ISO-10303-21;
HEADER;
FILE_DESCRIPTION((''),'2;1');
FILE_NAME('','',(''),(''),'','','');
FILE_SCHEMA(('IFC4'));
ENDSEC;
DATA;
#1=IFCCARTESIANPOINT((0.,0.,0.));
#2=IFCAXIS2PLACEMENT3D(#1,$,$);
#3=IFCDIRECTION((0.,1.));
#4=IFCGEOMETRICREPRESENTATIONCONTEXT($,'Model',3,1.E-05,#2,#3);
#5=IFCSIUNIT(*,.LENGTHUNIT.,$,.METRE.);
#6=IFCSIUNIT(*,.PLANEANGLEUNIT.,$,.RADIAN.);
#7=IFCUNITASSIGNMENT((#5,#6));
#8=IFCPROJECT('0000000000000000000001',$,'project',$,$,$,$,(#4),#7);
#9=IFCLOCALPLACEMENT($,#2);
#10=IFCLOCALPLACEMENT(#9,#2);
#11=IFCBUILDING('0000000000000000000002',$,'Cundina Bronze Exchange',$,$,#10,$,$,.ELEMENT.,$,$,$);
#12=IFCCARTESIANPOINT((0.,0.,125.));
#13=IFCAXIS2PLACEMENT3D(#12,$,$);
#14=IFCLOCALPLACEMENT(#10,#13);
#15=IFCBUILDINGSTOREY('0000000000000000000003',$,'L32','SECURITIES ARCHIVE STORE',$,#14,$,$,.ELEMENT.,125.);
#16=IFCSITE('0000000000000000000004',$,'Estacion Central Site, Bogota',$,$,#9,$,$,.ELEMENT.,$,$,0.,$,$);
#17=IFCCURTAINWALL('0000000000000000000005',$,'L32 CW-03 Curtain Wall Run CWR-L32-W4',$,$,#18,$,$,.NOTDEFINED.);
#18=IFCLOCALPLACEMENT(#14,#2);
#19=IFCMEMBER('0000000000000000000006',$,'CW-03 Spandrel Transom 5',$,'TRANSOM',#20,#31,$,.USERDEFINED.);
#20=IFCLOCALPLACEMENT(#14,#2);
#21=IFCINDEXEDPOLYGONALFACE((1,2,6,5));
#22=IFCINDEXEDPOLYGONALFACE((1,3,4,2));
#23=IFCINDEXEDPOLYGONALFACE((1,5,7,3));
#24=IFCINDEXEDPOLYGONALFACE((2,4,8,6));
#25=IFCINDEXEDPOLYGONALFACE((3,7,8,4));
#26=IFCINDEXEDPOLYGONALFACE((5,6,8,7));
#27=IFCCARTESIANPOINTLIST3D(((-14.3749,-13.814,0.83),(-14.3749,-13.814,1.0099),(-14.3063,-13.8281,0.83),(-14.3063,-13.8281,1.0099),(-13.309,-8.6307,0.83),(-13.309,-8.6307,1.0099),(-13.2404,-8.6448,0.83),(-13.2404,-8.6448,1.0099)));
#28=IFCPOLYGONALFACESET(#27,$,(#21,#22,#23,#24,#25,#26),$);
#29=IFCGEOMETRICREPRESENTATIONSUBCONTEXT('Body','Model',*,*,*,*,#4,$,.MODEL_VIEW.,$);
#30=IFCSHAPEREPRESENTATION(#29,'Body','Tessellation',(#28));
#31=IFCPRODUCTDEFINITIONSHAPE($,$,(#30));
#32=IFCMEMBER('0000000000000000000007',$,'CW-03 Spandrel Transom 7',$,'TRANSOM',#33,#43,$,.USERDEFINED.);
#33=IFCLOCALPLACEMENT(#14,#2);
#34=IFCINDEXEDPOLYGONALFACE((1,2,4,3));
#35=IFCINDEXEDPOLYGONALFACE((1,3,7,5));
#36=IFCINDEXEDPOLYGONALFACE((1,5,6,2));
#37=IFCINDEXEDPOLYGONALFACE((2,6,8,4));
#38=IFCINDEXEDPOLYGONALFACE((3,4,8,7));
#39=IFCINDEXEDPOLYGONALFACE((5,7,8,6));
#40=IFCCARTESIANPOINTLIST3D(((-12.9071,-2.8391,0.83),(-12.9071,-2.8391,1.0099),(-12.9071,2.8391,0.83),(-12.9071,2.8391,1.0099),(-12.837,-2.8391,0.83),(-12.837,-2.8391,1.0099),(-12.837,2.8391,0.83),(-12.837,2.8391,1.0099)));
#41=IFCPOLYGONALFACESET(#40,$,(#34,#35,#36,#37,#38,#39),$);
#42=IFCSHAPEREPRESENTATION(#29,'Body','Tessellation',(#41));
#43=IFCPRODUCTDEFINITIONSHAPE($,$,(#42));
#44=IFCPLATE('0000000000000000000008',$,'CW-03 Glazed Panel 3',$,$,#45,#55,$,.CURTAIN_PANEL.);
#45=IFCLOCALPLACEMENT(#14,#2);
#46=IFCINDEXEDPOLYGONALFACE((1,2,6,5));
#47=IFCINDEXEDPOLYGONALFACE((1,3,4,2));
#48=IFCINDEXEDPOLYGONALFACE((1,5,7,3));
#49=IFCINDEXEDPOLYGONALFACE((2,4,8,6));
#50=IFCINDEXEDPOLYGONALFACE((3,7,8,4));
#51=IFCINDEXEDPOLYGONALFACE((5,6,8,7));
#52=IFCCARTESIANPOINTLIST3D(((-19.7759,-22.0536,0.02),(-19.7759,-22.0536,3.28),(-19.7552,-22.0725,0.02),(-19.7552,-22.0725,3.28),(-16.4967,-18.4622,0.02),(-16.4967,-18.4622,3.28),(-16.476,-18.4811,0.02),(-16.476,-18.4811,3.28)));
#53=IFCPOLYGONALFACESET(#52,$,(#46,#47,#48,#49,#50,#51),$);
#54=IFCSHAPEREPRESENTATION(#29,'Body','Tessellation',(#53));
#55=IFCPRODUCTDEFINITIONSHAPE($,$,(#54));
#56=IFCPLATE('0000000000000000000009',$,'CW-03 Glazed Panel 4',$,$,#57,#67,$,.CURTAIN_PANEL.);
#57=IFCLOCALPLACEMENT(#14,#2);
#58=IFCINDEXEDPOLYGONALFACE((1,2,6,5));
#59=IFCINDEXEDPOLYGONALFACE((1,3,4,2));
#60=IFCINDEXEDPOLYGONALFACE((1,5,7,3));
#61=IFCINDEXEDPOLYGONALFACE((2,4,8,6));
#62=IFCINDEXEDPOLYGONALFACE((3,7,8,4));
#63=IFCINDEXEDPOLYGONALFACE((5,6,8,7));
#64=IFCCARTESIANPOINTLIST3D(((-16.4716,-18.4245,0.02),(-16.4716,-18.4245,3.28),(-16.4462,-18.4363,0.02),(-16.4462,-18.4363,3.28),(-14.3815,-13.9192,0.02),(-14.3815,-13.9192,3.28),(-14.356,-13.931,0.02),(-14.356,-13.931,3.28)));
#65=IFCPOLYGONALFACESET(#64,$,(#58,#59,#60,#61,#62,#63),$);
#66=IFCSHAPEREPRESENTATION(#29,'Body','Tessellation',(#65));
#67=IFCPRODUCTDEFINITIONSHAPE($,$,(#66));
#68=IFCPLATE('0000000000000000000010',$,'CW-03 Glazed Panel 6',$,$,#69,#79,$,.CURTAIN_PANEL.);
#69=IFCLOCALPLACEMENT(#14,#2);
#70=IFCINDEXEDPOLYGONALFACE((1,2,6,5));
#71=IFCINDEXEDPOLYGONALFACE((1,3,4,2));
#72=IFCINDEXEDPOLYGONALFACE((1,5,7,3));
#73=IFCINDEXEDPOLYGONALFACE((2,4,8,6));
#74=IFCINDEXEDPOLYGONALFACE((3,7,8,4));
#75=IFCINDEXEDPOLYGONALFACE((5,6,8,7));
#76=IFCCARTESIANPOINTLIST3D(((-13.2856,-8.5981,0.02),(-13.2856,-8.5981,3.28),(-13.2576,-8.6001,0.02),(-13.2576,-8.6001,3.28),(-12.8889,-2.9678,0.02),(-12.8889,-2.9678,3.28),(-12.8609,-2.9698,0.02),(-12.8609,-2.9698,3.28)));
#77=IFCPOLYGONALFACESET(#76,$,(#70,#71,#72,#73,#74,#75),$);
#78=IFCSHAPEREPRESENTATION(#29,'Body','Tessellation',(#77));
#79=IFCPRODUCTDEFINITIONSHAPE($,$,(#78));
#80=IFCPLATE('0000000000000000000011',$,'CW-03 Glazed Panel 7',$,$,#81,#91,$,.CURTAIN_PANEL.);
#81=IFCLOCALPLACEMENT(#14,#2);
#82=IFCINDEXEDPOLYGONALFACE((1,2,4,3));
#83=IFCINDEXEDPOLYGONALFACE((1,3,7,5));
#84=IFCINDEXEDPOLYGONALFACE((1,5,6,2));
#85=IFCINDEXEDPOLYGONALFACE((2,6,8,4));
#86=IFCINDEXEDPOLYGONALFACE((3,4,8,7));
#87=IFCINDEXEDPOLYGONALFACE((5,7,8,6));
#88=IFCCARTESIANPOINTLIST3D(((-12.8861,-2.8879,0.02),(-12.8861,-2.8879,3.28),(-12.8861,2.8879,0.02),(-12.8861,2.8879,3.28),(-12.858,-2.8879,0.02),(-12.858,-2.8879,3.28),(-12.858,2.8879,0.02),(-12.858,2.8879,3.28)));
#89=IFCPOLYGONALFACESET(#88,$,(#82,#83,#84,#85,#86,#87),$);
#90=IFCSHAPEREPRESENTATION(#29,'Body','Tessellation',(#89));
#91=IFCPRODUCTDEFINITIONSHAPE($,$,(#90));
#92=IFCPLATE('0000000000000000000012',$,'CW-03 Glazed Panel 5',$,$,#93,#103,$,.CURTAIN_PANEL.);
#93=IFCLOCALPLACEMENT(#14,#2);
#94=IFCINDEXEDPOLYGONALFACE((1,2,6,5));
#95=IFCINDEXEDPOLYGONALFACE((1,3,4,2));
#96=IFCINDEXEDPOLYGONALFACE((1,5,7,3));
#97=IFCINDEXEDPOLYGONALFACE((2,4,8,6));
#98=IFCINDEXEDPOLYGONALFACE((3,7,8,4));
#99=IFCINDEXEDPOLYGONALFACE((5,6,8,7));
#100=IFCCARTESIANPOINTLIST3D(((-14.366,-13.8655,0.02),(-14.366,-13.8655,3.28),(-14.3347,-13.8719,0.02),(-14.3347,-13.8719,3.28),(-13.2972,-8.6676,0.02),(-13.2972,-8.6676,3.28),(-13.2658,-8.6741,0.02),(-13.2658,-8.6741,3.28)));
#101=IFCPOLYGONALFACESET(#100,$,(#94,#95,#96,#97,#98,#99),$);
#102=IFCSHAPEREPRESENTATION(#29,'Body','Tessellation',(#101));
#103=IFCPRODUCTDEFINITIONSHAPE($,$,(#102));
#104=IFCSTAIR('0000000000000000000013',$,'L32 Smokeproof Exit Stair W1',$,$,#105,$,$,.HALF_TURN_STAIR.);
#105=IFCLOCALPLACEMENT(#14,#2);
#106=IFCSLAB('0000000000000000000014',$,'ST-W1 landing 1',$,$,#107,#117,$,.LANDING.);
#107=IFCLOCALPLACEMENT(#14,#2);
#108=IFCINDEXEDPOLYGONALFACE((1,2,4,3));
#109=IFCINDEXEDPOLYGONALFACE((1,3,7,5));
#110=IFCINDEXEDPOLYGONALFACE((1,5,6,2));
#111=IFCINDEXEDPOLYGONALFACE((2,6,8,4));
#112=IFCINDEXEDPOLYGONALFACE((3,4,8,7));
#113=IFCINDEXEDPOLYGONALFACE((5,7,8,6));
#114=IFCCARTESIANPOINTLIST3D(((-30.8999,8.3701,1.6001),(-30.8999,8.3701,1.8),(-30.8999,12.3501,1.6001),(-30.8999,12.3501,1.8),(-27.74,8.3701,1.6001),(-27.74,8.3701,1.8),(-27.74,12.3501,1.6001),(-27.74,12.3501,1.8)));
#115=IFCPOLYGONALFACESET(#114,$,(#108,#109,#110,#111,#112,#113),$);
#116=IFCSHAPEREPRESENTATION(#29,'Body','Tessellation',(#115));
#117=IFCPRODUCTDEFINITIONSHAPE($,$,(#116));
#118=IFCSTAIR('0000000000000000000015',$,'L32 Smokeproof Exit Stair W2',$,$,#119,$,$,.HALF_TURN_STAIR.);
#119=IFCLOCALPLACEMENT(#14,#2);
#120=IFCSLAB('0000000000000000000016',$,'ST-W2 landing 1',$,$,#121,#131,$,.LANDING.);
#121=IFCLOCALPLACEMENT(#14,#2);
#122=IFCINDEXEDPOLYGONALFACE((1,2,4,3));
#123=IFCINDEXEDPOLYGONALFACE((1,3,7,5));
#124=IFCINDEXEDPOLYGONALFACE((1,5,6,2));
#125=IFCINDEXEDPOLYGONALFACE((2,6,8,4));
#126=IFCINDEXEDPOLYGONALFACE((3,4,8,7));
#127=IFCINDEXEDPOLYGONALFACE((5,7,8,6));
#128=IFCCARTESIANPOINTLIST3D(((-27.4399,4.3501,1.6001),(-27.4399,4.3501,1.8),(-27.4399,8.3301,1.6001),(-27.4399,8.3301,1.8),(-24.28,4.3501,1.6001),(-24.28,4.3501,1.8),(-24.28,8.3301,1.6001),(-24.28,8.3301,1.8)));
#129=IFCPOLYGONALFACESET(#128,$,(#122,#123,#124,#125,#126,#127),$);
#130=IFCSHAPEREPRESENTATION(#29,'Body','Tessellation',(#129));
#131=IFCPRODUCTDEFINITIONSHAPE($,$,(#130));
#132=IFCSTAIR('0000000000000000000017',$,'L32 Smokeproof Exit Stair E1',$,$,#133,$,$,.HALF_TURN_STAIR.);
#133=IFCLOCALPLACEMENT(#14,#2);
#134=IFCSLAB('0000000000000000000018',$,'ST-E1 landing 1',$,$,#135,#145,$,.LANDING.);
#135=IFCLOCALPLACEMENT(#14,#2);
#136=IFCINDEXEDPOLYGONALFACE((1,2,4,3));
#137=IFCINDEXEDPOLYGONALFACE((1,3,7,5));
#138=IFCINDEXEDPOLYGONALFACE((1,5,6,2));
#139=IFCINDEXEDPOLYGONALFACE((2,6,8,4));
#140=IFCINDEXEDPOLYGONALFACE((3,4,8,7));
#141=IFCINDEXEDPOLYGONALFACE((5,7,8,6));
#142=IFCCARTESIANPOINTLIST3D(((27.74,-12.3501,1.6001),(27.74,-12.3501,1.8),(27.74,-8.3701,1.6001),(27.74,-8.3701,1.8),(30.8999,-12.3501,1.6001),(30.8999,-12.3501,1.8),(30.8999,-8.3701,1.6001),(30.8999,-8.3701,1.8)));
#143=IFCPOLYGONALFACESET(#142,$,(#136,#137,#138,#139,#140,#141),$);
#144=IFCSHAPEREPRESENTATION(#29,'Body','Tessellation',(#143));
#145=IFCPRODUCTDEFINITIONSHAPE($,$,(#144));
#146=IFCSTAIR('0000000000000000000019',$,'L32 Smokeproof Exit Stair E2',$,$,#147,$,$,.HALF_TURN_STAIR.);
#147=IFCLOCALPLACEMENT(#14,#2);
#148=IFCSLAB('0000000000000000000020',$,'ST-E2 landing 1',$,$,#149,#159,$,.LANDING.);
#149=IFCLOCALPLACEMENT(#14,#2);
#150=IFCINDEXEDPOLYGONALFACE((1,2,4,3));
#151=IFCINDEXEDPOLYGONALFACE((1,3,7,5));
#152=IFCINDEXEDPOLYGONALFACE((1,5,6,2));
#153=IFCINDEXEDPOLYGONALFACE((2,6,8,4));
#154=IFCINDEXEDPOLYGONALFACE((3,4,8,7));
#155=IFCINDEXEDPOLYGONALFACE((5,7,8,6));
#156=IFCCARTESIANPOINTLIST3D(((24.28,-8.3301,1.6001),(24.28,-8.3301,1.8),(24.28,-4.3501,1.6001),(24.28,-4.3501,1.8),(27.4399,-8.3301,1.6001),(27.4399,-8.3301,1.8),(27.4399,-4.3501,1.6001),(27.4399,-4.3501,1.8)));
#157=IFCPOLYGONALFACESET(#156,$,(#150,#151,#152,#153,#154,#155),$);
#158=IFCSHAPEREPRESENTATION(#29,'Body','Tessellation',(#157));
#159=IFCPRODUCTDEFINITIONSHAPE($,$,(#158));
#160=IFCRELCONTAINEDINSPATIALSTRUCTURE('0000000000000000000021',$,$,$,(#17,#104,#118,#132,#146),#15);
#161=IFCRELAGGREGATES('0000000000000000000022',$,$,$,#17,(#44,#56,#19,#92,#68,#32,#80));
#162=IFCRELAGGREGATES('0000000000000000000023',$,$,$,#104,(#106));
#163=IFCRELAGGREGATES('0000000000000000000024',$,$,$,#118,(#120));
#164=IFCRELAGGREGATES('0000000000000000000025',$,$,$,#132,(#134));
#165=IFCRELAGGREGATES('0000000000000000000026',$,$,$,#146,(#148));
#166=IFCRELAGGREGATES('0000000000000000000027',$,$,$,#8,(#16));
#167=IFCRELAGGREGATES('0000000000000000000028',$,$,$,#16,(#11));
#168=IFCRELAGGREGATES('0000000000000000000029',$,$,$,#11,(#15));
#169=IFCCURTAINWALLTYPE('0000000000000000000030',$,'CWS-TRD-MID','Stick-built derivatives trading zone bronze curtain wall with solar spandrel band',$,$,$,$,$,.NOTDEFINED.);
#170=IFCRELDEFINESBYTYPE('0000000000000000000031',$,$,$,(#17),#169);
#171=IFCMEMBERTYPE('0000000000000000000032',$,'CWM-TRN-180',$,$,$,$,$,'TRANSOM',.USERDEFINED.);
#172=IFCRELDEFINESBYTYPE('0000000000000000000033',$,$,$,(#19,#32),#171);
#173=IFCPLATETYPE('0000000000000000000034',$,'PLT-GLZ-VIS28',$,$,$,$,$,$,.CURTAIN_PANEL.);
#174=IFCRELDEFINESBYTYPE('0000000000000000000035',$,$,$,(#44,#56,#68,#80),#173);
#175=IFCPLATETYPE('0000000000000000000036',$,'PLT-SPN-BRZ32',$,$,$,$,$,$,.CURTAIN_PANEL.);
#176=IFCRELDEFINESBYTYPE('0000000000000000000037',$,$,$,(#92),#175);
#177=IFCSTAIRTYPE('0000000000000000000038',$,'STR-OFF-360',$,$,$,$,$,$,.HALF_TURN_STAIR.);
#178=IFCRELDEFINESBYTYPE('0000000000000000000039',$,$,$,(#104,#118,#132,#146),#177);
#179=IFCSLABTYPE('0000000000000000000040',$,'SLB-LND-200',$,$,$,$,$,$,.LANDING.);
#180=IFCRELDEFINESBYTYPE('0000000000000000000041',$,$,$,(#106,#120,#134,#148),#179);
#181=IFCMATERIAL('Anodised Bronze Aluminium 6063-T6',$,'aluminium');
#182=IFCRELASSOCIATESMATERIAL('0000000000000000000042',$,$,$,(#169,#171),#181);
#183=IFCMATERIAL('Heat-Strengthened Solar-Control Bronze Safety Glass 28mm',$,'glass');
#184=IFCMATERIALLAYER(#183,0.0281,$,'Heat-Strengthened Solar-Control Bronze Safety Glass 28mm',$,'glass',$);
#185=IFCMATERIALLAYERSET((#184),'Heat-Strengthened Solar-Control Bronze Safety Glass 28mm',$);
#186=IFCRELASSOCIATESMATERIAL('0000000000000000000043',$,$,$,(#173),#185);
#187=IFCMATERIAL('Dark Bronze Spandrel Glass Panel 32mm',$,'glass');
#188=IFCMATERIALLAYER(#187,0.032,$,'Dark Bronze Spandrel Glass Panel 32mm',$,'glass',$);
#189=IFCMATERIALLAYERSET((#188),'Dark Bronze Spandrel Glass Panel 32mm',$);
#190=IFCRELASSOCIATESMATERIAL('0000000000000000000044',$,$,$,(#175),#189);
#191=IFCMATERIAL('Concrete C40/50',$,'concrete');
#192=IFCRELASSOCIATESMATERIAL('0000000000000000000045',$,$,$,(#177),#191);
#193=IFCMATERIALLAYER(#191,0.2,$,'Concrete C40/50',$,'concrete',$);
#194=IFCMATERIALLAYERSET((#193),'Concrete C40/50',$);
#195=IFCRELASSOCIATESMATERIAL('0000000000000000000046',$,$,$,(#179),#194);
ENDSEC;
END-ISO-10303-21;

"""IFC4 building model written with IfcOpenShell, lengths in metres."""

from ifc_helpers import new_model, si_unit, direction, frame, origin, origin_2d, place, context, subcontext, project, spatial, polyline, rectangle, outline, extrude, material, layer, layer_set, material_profile, profile_set, type_object, element, aggregate, save


model = new_model("IFC4")

# Units and contexts
model_context = context("Model", 3, precision=1e-05, world=origin(), true_north=direction((0.0, 1.0)))
body_context = subcontext(model_context, "Body", "Model", "MODEL_VIEW")
ifc_project = project(units=[si_unit("LENGTHUNIT", "METRE"), si_unit("PLANEANGLEUNIT", "RADIAN")], contexts=[model_context])

# Site, building, storey
site_placement = place(None, origin())
site = spatial("IfcSite", under=ifc_project, at=site_placement, Name="Estacion Central Site, Bogota", CompositionType="ELEMENT", RefElevation=0.0)
building_placement = place(site_placement, origin())
building = spatial("IfcBuilding", under=site, at=building_placement, Name="Cundina Bronze Exchange", CompositionType="ELEMENT")
storey_placement = place(building_placement, frame((0.0, 0.0, 125.0)))
storey = spatial("IfcBuildingStorey", under=building, at=storey_placement, Name="L32", Description="SECURITIES ARCHIVE STORE", CompositionType="ELEMENT", Elevation=125.0)

# Shared definitions
ifc_material_1 = material(Name="Anodised Bronze Aluminium 6063-T6", Category="aluminium")
curtain_wall_type = type_object("IfcCurtainWallType", Name="CWS-TRD-MID", Description="Stick-built derivatives trading zone bronze curtain wall with solar spandrel band", PredefinedType="NOTDEFINED", material=ifc_material_1)

# Curtain wall
curtain_wall_1_placement = place(storey_placement, origin())
curtain_wall_1 = element("IfcCurtainWall", 1, at=curtain_wall_1_placement, inside=storey, type_object=curtain_wall_type, Name="L32 CW-03 Curtain Wall Run CWR-L32-W4", PredefinedType="NOTDEFINED")

# Members
ifc_material_profile_1 = material_profile(ifc_material_1, rectangle(XDim=0.0701, YDim=0.1799, at=origin_2d()), Name="AL70X180", Category="aluminium")
ifc_profile_set_1 = profile_set([ifc_material_profile_1], Name="Anodised Bronze Aluminium 6063-T6")
member_type_1 = type_object("IfcMemberType", Name="CWM-TRN-180", ElementType="TRANSOM", PredefinedType="USERDEFINED", material=ifc_profile_set_1)
member_1_placement = place(storey_placement, frame((-14.3406, -13.821, 0.9199), z_axis=(0.201428, 0.979503, 0.0), x_axis=(-0.979503, 0.201428, 0.0)))
member_1 = element("IfcMember", 2, at=member_1_placement, type_object=member_type_1, Name="CW-03 Spandrel Transom 5", ObjectType="TRANSOM", PredefinedType="USERDEFINED", context=body_context, shape_type="SweptSolid", body=[
    extrude(rectangle(XDim=0.0701, YDim=0.1799, at=origin_2d()), origin(), (0.0, 0.0, 1.0), 5.2917),
])
member_2_placement = place(storey_placement, frame((-12.8721, -2.8391, 0.9199), z_axis=(0.0, 1.0, 0.0), x_axis=(-1.0, 0.0, 0.0)))
member_2 = element("IfcMember", 3, at=member_2_placement, type_object=member_type_1, Name="CW-03 Spandrel Transom 7", ObjectType="TRANSOM", PredefinedType="USERDEFINED", context=body_context, shape_type="SweptSolid", body=[
    extrude(rectangle(XDim=0.0701, YDim=0.1799, at=origin_2d()), origin(), (0.0, 0.0, 1.0), 5.6782),
])

# Plates
ifc_material_2 = material(Name="Heat-Strengthened Solar-Control Bronze Safety Glass 28mm", Category="glass")
ifc_layer_1 = layer(ifc_material_2, 0.0281, Name="Heat-Strengthened Solar-Control Bronze Safety Glass 28mm", Category="glass")
ifc_layer_set_1 = layer_set([ifc_layer_1], Name="Heat-Strengthened Solar-Control Bronze Safety Glass 28mm")
plate_type_1 = type_object("IfcPlateType", Name="PLT-GLZ-VIS28", PredefinedType="CURTAIN_PANEL", material=ifc_layer_set_1)
plate_1_placement = place(storey_placement, frame((-18.126, -20.2673, 0.02), z_axis=(0.0, 0.0, 1.0), x_axis=(0.674277, 0.738479, 0.0)))
plate_1 = element("IfcPlate", 4, at=plate_1_placement, type_object=plate_type_1, Name="CW-03 Glazed Panel 3", PredefinedType="CURTAIN_PANEL", context=body_context, shape_type="SweptSolid", body=[
    extrude(rectangle(XDim=4.8633, YDim=0.0281, at=origin_2d()), origin(), (0.0, 0.0, 1.0), 3.26),
])
plate_2_placement = place(storey_placement, frame((-15.4138, -16.1777, 0.02), z_axis=(0.0, 0.0, 1.0), x_axis=(0.420846, 0.907132, 0.0)))
plate_2 = element("IfcPlate", 5, at=plate_2_placement, type_object=plate_type_1, Name="CW-03 Glazed Panel 4", PredefinedType="CURTAIN_PANEL", context=body_context, shape_type="SweptSolid", body=[
    extrude(rectangle(XDim=4.9666, YDim=0.0281, at=origin_2d()), origin(), (0.0, 0.0, 1.0), 3.26),
])
plate_3_placement = place(storey_placement, frame((-13.0732, -5.7839, 0.02), z_axis=(0.0, 0.0, 1.0), x_axis=(0.070279, 0.997527, 0.0)))
plate_3 = element("IfcPlate", 6, at=plate_3_placement, type_object=plate_type_1, Name="CW-03 Glazed Panel 6", PredefinedType="CURTAIN_PANEL", context=body_context, shape_type="SweptSolid", body=[
    extrude(rectangle(XDim=5.6443, YDim=0.0281, at=origin_2d()), origin(), (0.0, 0.0, 1.0), 3.26),
])
plate_4_placement = place(storey_placement, frame((-12.8721, 0.0, 0.02), z_axis=(0.0, 0.0, 1.0), x_axis=(0.0, 1.0, 0.0)))
plate_4 = element("IfcPlate", 7, at=plate_4_placement, type_object=plate_type_1, Name="CW-03 Glazed Panel 7", PredefinedType="CURTAIN_PANEL", context=body_context, shape_type="SweptSolid", body=[
    extrude(rectangle(XDim=5.7759, YDim=0.0281, at=origin_2d()), origin(), (0.0, 0.0, 1.0), 3.26),
])
ifc_material_3 = material(Name="Dark Bronze Spandrel Glass Panel 32mm", Category="glass")
ifc_layer_2 = layer(ifc_material_3, 0.032, Name="Dark Bronze Spandrel Glass Panel 32mm", Category="glass")
ifc_layer_set_2 = layer_set([ifc_layer_2], Name="Dark Bronze Spandrel Glass Panel 32mm")
plate_type_2 = type_object("IfcPlateType", Name="PLT-SPN-BRZ32", PredefinedType="CURTAIN_PANEL", material=ifc_layer_set_2)
plate_5_placement = place(storey_placement, frame((-13.8159, -11.2698, 0.02), z_axis=(0.0, 0.0, 1.0), x_axis=(0.20142, 0.979505, 0.0)))
plate_5 = element("IfcPlate", 8, at=plate_5_placement, type_object=plate_type_2, Name="CW-03 Glazed Panel 5", PredefinedType="CURTAIN_PANEL", context=body_context, shape_type="SweptSolid", body=[
    extrude(rectangle(XDim=5.3066, YDim=0.032, at=origin_2d()), origin(), (0.0, 0.0, 1.0), 3.26),
])
aggregate(curtain_wall_1, [plate_1, plate_2, member_1, plate_5, plate_3, member_2, plate_4])

# Stairs, slabs
ifc_material_4 = material(Name="Concrete C40/50", Category="concrete")
stair_type = type_object("IfcStairType", Name="STR-OFF-360", PredefinedType="HALF_TURN_STAIR", material=ifc_material_4)
stair_1_placement = place(storey_placement, origin())
stair_1 = element("IfcStair", 9, at=stair_1_placement, inside=storey, type_object=stair_type, Name="L32 Smokeproof Exit Stair W1", PredefinedType="HALF_TURN_STAIR")
ifc_layer_3 = layer(ifc_material_4, 0.2, Name="Concrete C40/50", Category="concrete")
ifc_layer_set_3 = layer_set([ifc_layer_3], Name="Concrete C40/50")
slab_type_1 = type_object("IfcSlabType", Name="SLB-LND-200", PredefinedType="LANDING", material=ifc_layer_set_3)
slab_1_placement = place(storey_placement, frame((0.0, 0.0, 1.6001)))
slab_1 = element("IfcSlab", 10, at=slab_1_placement, type_object=slab_type_1, Name="ST-W1 landing 1", PredefinedType="LANDING", context=body_context, shape_type="SweptSolid", body=[
    extrude(outline(polyline([(-27.74, 8.3701), (-27.74, 12.3501), (-30.8999, 12.3501), (-30.8999, 8.3701), (-27.74, 8.3701)])), origin(), (0.0, 0.0, 1.0), 0.2),
])
aggregate(stair_1, [slab_1])
stair_2_placement = place(storey_placement, origin())
stair_2 = element("IfcStair", 11, at=stair_2_placement, inside=storey, type_object=stair_type, Name="L32 Smokeproof Exit Stair W2", PredefinedType="HALF_TURN_STAIR")
slab_2_placement = place(storey_placement, frame((0.0, 0.0, 1.6001)))
slab_2 = element("IfcSlab", 12, at=slab_2_placement, type_object=slab_type_1, Name="ST-W2 landing 1", PredefinedType="LANDING", context=body_context, shape_type="SweptSolid", body=[
    extrude(outline(polyline([(-27.4399, 8.3301), (-27.4399, 4.3501), (-24.28, 4.3501), (-24.28, 8.3301), (-27.4399, 8.3301)])), origin(), (0.0, 0.0, 1.0), 0.2),
])
aggregate(stair_2, [slab_2])
stair_3_placement = place(storey_placement, origin())
stair_3 = element("IfcStair", 13, at=stair_3_placement, inside=storey, type_object=stair_type, Name="L32 Smokeproof Exit Stair E1", PredefinedType="HALF_TURN_STAIR")
slab_3_placement = place(storey_placement, frame((0.0, 0.0, 1.6001)))
slab_3 = element("IfcSlab", 14, at=slab_3_placement, type_object=slab_type_1, Name="ST-E1 landing 1", PredefinedType="LANDING", context=body_context, shape_type="SweptSolid", body=[
    extrude(outline(polyline([(27.74, -8.3701), (27.74, -12.3501), (30.8999, -12.3501), (30.8999, -8.3701), (27.74, -8.3701)])), origin(), (0.0, 0.0, 1.0), 0.2),
])
aggregate(stair_3, [slab_3])
stair_4_placement = place(storey_placement, origin())
stair_4 = element("IfcStair", 15, at=stair_4_placement, inside=storey, type_object=stair_type, Name="L32 Smokeproof Exit Stair E2", PredefinedType="HALF_TURN_STAIR")
slab_4_placement = place(storey_placement, frame((0.0, 0.0, 1.6001)))
slab_4 = element("IfcSlab", 16, at=slab_4_placement, type_object=slab_type_1, Name="ST-E2 landing 1", PredefinedType="LANDING", context=body_context, shape_type="SweptSolid", body=[
    extrude(outline(polyline([(27.4399, -8.3301), (27.4399, -4.3501), (24.28, -4.3501), (24.28, -8.3301), (27.4399, -8.3301)])), origin(), (0.0, 0.0, 1.0), 0.2),
])
aggregate(stair_4, [slab_4])

save(model, "model.ifc")
